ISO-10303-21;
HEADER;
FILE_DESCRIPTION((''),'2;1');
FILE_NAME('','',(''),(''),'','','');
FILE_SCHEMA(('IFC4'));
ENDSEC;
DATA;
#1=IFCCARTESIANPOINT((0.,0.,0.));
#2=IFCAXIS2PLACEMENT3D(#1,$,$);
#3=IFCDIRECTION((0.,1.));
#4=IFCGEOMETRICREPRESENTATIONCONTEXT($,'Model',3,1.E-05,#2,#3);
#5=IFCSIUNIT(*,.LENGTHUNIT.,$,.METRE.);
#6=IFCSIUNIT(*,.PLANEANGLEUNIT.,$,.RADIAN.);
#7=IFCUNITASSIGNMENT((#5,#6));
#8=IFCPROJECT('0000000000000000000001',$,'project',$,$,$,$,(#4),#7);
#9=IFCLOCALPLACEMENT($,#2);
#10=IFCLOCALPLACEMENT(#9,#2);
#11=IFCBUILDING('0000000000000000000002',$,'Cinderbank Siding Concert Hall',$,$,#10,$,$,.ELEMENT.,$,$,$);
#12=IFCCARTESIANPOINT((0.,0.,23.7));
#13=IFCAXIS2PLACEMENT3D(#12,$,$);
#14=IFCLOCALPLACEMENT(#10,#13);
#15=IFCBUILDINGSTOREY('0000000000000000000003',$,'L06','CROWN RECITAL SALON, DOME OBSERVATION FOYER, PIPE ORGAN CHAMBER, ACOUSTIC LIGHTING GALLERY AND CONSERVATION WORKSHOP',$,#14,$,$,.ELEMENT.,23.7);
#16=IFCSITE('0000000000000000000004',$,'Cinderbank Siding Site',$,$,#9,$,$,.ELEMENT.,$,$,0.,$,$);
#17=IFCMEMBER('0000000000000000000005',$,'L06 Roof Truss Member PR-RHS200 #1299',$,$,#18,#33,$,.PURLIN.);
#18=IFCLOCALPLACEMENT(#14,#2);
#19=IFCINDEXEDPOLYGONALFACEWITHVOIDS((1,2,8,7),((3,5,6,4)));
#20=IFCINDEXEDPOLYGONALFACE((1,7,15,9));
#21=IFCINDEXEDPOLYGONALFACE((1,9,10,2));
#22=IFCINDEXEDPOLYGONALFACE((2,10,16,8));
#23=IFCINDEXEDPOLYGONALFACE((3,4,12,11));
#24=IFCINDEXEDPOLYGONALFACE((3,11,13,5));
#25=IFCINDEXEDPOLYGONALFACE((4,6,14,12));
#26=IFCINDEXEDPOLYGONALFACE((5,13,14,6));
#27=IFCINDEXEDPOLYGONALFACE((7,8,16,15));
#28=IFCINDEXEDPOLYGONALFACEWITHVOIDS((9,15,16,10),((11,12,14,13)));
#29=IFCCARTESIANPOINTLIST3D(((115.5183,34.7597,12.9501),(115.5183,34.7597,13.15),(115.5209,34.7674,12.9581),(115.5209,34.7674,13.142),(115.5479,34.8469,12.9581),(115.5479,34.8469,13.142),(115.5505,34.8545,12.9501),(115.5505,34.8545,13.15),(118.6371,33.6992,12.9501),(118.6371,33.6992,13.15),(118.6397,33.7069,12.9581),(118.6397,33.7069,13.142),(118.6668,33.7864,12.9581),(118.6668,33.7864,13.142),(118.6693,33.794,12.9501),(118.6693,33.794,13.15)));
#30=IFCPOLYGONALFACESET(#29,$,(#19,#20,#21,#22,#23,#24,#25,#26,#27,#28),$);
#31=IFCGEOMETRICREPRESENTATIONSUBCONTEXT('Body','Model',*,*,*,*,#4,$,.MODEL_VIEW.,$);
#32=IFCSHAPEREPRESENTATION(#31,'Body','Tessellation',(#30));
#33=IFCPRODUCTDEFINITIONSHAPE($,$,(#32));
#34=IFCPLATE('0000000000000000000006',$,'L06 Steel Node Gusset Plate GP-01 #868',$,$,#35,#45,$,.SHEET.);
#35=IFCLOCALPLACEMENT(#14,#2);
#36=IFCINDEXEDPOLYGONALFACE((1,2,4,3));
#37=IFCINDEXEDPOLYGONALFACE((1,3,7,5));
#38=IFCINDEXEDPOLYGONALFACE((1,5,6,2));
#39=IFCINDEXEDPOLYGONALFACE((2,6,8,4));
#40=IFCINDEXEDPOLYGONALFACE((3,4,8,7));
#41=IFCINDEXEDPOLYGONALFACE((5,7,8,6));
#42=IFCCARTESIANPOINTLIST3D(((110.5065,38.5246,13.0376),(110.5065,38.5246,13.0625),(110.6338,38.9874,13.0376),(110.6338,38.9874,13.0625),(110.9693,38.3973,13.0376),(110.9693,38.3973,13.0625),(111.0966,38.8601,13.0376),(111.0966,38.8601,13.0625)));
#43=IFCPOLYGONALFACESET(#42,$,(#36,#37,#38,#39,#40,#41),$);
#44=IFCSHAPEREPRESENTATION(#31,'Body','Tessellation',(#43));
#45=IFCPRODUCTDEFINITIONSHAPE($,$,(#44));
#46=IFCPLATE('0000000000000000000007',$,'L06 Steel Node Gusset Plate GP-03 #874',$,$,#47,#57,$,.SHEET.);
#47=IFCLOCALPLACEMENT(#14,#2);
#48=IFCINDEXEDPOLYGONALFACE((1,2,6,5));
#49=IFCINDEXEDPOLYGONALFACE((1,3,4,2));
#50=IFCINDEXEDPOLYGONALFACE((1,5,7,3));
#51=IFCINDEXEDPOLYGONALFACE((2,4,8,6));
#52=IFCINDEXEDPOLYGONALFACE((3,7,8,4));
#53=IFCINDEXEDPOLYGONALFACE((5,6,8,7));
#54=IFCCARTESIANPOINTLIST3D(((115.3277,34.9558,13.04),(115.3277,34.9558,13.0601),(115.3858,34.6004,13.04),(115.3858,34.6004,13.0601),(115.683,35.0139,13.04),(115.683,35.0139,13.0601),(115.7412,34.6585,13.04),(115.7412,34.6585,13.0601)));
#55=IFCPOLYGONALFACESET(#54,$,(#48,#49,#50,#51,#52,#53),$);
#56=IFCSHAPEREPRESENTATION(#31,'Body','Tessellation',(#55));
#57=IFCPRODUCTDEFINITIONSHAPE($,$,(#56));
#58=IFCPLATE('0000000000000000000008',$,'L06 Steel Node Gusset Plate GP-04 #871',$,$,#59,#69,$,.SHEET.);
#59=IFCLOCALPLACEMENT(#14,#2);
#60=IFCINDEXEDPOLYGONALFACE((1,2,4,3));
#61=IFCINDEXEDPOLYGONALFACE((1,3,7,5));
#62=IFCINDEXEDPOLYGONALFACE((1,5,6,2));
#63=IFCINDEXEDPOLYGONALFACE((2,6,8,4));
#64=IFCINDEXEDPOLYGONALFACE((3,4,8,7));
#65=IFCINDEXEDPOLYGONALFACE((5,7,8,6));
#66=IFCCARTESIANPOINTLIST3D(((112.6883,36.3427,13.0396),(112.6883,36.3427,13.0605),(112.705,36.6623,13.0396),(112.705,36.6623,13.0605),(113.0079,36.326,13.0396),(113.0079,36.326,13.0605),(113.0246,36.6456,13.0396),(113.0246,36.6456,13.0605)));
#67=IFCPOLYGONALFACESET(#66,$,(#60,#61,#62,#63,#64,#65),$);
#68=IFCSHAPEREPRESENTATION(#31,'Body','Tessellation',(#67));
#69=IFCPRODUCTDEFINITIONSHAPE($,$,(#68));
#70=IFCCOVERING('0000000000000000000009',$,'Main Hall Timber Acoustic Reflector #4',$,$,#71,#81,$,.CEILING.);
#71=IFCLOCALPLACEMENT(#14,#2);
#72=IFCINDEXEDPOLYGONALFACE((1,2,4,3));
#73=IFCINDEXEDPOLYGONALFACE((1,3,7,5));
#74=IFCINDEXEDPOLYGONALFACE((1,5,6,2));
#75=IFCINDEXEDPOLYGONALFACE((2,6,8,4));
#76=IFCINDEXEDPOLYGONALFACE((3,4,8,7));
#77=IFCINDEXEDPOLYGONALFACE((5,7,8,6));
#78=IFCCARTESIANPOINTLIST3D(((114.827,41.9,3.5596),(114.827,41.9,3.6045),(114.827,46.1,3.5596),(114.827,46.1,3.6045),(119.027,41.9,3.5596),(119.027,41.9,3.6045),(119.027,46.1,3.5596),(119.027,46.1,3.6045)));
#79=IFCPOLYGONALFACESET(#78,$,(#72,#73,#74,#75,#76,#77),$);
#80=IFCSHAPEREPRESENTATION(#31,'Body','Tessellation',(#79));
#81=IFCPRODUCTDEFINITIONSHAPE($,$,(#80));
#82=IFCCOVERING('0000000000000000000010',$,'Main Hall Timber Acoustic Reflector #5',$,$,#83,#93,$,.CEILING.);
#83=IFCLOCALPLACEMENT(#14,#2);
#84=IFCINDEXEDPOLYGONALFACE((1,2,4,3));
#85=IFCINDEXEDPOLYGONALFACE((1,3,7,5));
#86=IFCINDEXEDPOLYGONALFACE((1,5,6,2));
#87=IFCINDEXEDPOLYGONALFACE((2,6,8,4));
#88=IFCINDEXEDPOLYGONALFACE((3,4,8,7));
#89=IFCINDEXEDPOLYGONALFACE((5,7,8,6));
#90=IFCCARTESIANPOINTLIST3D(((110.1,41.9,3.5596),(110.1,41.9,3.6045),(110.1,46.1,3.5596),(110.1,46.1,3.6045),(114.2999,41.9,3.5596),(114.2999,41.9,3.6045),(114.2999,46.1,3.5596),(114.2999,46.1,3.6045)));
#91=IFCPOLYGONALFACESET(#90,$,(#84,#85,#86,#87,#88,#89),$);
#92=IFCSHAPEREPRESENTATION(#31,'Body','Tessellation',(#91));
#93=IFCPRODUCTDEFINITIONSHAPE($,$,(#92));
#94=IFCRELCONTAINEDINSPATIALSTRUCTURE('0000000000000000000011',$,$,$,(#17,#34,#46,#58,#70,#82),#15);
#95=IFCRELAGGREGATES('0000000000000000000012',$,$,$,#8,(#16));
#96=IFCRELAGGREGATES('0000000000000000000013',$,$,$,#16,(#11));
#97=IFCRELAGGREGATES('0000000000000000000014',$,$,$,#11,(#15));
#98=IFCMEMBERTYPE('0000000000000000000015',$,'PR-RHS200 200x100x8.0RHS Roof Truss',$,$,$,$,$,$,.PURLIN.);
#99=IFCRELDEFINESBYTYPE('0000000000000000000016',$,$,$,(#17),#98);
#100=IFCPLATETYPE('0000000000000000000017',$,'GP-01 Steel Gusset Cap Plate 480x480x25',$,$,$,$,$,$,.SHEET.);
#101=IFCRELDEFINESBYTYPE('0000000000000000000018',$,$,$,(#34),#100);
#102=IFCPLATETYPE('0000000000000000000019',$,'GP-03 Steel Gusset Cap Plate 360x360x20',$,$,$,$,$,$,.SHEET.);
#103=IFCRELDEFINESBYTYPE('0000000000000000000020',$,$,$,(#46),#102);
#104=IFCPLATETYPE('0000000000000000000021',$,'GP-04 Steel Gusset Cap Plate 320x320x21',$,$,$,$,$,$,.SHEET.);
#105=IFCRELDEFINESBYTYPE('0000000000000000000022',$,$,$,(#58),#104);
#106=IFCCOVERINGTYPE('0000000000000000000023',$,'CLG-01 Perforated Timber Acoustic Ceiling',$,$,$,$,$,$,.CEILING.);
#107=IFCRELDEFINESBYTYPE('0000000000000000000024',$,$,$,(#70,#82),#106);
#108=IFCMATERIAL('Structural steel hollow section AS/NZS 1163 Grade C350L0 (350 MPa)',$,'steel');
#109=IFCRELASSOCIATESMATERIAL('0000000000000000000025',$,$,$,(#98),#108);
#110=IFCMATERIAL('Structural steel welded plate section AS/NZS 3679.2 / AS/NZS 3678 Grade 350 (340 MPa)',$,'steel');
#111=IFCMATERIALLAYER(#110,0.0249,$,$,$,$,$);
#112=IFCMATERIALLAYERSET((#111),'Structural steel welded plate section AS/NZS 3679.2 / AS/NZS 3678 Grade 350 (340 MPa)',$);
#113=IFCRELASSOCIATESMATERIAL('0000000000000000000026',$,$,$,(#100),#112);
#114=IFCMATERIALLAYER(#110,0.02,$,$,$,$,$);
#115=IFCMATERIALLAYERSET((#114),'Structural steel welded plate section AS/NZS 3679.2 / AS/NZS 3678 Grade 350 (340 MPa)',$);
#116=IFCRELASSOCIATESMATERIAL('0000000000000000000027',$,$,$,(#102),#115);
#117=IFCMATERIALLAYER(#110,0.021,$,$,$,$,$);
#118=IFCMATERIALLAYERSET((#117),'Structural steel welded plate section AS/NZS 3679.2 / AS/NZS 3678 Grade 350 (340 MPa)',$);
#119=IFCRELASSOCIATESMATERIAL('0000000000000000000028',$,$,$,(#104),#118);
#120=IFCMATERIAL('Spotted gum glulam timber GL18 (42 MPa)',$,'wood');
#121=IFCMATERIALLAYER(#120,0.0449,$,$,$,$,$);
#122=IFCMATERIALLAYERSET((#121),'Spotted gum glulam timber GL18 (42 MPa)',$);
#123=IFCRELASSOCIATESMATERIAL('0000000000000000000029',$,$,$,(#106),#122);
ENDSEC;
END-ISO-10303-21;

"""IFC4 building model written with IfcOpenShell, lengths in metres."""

from ifc_helpers import new_model, si_unit, direction, frame, origin, origin_2d, place, context, subcontext, project, spatial, rectangle, hollow_rectangle, extrude, material, layer, layer_set, material_profile, profile_set, type_object, element, save


model = new_model("IFC4")

# Units and contexts
model_context = context("Model", 3, precision=1e-05, world=origin(), true_north=direction((0.0, 1.0)))
body_context = subcontext(model_context, "Body", "Model", "MODEL_VIEW")
ifc_project = project(units=[si_unit("LENGTHUNIT", "METRE"), si_unit("PLANEANGLEUNIT", "RADIAN")], contexts=[model_context])

# Site, building, storey
site_placement = place(None, origin())
site = spatial("IfcSite", under=ifc_project, at=site_placement, Name="Cinderbank Siding Site", CompositionType="ELEMENT", RefElevation=0.0)
building_placement = place(site_placement, origin())
building = spatial("IfcBuilding", under=site, at=building_placement, Name="Cinderbank Siding Concert Hall", CompositionType="ELEMENT")
storey_placement = place(building_placement, frame((0.0, 0.0, 23.7)))
storey = spatial("IfcBuildingStorey", under=building, at=storey_placement, Name="L06", Description="CROWN RECITAL SALON, DOME OBSERVATION FOYER, PIPE ORGAN CHAMBER, ACOUSTIC LIGHTING GALLERY AND CONSERVATION WORKSHOP", CompositionType="ELEMENT", Elevation=23.7)

# Member
ifc_material_1 = material(Name="Structural steel hollow section AS/NZS 1163 Grade C350L0 (350 MPa)", Category="steel")
ifc_material_profile_1 = material_profile(ifc_material_1, hollow_rectangle(XDim=0.1001, YDim=0.2, WallThickness=0.0081, at=origin_2d()), Name="200x100x8.0RHS", Category="LoadBearing")
ifc_profile_set_1 = profile_set([ifc_material_profile_1], Name="Structural steel hollow section AS/NZS 1163 Grade C350L0 (350 MPa)")
member_type_1 = type_object("IfcMemberType", Name="PR-RHS200 200x100x8.0RHS Roof Truss", PredefinedType="PURLIN", material=ifc_profile_set_1)
member_1_placement = place(storey_placement, frame((115.5344, 34.8071, 13.05), z_axis=(0.946761, -0.321936, 0.0), x_axis=(0.321936, 0.946761, 0.0)))
element("IfcMember", 1, at=member_1_placement, inside=storey, type_object=member_type_1, Name="L06 Roof Truss Member PR-RHS200 #1299", PredefinedType="PURLIN", context=body_context, shape_type="SweptSolid", body=[
    extrude(hollow_rectangle(XDim=0.1001, YDim=0.2, WallThickness=0.0081, at=origin_2d()), origin(), (0.0, 0.0, 1.0), 3.2942),
])

# Plates
ifc_material_2 = material(Name="Structural steel welded plate section AS/NZS 3679.2 / AS/NZS 3678 Grade 350 (340 MPa)", Category="steel")
ifc_layer_1 = layer(ifc_material_2, 0.0249)
ifc_layer_set_1 = layer_set([ifc_layer_1], Name="Structural steel welded plate section AS/NZS 3679.2 / AS/NZS 3678 Grade 350 (340 MPa)")
plate_type_1 = type_object("IfcPlateType", Name="GP-01 Steel Gusset Cap Plate 480x480x25", PredefinedType="SHEET", material=ifc_layer_set_1)
plate_1_placement = place(storey_placement, frame((110.8015, 38.6924, 13.0376), z_axis=(0.0, 0.0, 1.0), x_axis=(0.964188, -0.26522, 0.0)))
element("IfcPlate", 2, at=plate_1_placement, inside=storey, type_object=plate_type_1, Name="L06 Steel Node Gusset Plate GP-01 #868", PredefinedType="SHEET", context=body_context, shape_type="SweptSolid", body=[
    extrude(rectangle(XDim=0.48, YDim=0.48, at=origin_2d()), origin(), (0.0, 0.0, 1.0), 0.0249),
])
ifc_layer_2 = layer(ifc_material_2, 0.02)
ifc_layer_set_2 = layer_set([ifc_layer_2], Name="Structural steel welded plate section AS/NZS 3679.2 / AS/NZS 3678 Grade 350 (340 MPa)")
plate_type_2 = type_object("IfcPlateType", Name="GP-03 Steel Gusset Cap Plate 360x360x20", PredefinedType="SHEET", material=ifc_layer_set_2)
plate_2_placement = place(storey_placement, frame((115.5344, 34.8071, 13.04), z_axis=(0.0, 0.0, 1.0), x_axis=(0.986884, 0.161432, 0.0)))
element("IfcPlate", 3, at=plate_2_placement, inside=storey, type_object=plate_type_2, Name="L06 Steel Node Gusset Plate GP-03 #874", PredefinedType="SHEET", context=body_context, shape_type="SweptSolid", body=[
    extrude(rectangle(XDim=0.3601, YDim=0.3601, at=origin_2d()), origin(), (0.0, 0.0, 1.0), 0.02),
])
ifc_layer_3 = layer(ifc_material_2, 0.021)
ifc_layer_set_3 = layer_set([ifc_layer_3], Name="Structural steel welded plate section AS/NZS 3679.2 / AS/NZS 3678 Grade 350 (340 MPa)")
plate_type_3 = type_object("IfcPlateType", Name="GP-04 Steel Gusset Cap Plate 320x320x21", PredefinedType="SHEET", material=ifc_layer_set_3)
plate_3_placement = place(storey_placement, frame((112.8564, 36.4941, 13.0396), z_axis=(0.0, 0.0, 1.0), x_axis=(0.998639, -0.052162, 0.0)))
element("IfcPlate", 4, at=plate_3_placement, inside=storey, type_object=plate_type_3, Name="L06 Steel Node Gusset Plate GP-04 #871", PredefinedType="SHEET", context=body_context, shape_type="SweptSolid", body=[
    extrude(rectangle(XDim=0.3201, YDim=0.3201, at=origin_2d()), origin(), (0.0, 0.0, 1.0), 0.021),
])

# Coverings
ifc_material_3 = material(Name="Spotted gum glulam timber GL18 (42 MPa)", Category="wood")
ifc_layer_4 = layer(ifc_material_3, 0.0449)
ifc_layer_set_4 = layer_set([ifc_layer_4], Name="Spotted gum glulam timber GL18 (42 MPa)")
covering_type = type_object("IfcCoveringType", Name="CLG-01 Perforated Timber Acoustic Ceiling", PredefinedType="CEILING", material=ifc_layer_set_4)
for number, where, z_axis, x_axis, name in (
    (5, (116.927, 44.0, 3.5596), (0.0, 0.0, 1.0), (1.0, 0.0, 0.0), "Main Hall Timber Acoustic Reflector #4"),
    (6, (112.2, 44.0, 3.5596), (0.0, 0.0, 1.0), (1.0, 0.0, 0.0), "Main Hall Timber Acoustic Reflector #5"),
):
    element("IfcCovering", number, at=place(storey_placement, frame(where, z_axis=z_axis, x_axis=x_axis)), inside=storey, type_object=covering_type, Name=name, PredefinedType="CEILING", context=body_context, shape_type="SweptSolid", body=[
        extrude(rectangle(XDim=4.2, YDim=4.2, at=origin_2d()), origin(), (0.0, 0.0, 1.0), 0.0449),
    ])

save(model, "model.ifc")
